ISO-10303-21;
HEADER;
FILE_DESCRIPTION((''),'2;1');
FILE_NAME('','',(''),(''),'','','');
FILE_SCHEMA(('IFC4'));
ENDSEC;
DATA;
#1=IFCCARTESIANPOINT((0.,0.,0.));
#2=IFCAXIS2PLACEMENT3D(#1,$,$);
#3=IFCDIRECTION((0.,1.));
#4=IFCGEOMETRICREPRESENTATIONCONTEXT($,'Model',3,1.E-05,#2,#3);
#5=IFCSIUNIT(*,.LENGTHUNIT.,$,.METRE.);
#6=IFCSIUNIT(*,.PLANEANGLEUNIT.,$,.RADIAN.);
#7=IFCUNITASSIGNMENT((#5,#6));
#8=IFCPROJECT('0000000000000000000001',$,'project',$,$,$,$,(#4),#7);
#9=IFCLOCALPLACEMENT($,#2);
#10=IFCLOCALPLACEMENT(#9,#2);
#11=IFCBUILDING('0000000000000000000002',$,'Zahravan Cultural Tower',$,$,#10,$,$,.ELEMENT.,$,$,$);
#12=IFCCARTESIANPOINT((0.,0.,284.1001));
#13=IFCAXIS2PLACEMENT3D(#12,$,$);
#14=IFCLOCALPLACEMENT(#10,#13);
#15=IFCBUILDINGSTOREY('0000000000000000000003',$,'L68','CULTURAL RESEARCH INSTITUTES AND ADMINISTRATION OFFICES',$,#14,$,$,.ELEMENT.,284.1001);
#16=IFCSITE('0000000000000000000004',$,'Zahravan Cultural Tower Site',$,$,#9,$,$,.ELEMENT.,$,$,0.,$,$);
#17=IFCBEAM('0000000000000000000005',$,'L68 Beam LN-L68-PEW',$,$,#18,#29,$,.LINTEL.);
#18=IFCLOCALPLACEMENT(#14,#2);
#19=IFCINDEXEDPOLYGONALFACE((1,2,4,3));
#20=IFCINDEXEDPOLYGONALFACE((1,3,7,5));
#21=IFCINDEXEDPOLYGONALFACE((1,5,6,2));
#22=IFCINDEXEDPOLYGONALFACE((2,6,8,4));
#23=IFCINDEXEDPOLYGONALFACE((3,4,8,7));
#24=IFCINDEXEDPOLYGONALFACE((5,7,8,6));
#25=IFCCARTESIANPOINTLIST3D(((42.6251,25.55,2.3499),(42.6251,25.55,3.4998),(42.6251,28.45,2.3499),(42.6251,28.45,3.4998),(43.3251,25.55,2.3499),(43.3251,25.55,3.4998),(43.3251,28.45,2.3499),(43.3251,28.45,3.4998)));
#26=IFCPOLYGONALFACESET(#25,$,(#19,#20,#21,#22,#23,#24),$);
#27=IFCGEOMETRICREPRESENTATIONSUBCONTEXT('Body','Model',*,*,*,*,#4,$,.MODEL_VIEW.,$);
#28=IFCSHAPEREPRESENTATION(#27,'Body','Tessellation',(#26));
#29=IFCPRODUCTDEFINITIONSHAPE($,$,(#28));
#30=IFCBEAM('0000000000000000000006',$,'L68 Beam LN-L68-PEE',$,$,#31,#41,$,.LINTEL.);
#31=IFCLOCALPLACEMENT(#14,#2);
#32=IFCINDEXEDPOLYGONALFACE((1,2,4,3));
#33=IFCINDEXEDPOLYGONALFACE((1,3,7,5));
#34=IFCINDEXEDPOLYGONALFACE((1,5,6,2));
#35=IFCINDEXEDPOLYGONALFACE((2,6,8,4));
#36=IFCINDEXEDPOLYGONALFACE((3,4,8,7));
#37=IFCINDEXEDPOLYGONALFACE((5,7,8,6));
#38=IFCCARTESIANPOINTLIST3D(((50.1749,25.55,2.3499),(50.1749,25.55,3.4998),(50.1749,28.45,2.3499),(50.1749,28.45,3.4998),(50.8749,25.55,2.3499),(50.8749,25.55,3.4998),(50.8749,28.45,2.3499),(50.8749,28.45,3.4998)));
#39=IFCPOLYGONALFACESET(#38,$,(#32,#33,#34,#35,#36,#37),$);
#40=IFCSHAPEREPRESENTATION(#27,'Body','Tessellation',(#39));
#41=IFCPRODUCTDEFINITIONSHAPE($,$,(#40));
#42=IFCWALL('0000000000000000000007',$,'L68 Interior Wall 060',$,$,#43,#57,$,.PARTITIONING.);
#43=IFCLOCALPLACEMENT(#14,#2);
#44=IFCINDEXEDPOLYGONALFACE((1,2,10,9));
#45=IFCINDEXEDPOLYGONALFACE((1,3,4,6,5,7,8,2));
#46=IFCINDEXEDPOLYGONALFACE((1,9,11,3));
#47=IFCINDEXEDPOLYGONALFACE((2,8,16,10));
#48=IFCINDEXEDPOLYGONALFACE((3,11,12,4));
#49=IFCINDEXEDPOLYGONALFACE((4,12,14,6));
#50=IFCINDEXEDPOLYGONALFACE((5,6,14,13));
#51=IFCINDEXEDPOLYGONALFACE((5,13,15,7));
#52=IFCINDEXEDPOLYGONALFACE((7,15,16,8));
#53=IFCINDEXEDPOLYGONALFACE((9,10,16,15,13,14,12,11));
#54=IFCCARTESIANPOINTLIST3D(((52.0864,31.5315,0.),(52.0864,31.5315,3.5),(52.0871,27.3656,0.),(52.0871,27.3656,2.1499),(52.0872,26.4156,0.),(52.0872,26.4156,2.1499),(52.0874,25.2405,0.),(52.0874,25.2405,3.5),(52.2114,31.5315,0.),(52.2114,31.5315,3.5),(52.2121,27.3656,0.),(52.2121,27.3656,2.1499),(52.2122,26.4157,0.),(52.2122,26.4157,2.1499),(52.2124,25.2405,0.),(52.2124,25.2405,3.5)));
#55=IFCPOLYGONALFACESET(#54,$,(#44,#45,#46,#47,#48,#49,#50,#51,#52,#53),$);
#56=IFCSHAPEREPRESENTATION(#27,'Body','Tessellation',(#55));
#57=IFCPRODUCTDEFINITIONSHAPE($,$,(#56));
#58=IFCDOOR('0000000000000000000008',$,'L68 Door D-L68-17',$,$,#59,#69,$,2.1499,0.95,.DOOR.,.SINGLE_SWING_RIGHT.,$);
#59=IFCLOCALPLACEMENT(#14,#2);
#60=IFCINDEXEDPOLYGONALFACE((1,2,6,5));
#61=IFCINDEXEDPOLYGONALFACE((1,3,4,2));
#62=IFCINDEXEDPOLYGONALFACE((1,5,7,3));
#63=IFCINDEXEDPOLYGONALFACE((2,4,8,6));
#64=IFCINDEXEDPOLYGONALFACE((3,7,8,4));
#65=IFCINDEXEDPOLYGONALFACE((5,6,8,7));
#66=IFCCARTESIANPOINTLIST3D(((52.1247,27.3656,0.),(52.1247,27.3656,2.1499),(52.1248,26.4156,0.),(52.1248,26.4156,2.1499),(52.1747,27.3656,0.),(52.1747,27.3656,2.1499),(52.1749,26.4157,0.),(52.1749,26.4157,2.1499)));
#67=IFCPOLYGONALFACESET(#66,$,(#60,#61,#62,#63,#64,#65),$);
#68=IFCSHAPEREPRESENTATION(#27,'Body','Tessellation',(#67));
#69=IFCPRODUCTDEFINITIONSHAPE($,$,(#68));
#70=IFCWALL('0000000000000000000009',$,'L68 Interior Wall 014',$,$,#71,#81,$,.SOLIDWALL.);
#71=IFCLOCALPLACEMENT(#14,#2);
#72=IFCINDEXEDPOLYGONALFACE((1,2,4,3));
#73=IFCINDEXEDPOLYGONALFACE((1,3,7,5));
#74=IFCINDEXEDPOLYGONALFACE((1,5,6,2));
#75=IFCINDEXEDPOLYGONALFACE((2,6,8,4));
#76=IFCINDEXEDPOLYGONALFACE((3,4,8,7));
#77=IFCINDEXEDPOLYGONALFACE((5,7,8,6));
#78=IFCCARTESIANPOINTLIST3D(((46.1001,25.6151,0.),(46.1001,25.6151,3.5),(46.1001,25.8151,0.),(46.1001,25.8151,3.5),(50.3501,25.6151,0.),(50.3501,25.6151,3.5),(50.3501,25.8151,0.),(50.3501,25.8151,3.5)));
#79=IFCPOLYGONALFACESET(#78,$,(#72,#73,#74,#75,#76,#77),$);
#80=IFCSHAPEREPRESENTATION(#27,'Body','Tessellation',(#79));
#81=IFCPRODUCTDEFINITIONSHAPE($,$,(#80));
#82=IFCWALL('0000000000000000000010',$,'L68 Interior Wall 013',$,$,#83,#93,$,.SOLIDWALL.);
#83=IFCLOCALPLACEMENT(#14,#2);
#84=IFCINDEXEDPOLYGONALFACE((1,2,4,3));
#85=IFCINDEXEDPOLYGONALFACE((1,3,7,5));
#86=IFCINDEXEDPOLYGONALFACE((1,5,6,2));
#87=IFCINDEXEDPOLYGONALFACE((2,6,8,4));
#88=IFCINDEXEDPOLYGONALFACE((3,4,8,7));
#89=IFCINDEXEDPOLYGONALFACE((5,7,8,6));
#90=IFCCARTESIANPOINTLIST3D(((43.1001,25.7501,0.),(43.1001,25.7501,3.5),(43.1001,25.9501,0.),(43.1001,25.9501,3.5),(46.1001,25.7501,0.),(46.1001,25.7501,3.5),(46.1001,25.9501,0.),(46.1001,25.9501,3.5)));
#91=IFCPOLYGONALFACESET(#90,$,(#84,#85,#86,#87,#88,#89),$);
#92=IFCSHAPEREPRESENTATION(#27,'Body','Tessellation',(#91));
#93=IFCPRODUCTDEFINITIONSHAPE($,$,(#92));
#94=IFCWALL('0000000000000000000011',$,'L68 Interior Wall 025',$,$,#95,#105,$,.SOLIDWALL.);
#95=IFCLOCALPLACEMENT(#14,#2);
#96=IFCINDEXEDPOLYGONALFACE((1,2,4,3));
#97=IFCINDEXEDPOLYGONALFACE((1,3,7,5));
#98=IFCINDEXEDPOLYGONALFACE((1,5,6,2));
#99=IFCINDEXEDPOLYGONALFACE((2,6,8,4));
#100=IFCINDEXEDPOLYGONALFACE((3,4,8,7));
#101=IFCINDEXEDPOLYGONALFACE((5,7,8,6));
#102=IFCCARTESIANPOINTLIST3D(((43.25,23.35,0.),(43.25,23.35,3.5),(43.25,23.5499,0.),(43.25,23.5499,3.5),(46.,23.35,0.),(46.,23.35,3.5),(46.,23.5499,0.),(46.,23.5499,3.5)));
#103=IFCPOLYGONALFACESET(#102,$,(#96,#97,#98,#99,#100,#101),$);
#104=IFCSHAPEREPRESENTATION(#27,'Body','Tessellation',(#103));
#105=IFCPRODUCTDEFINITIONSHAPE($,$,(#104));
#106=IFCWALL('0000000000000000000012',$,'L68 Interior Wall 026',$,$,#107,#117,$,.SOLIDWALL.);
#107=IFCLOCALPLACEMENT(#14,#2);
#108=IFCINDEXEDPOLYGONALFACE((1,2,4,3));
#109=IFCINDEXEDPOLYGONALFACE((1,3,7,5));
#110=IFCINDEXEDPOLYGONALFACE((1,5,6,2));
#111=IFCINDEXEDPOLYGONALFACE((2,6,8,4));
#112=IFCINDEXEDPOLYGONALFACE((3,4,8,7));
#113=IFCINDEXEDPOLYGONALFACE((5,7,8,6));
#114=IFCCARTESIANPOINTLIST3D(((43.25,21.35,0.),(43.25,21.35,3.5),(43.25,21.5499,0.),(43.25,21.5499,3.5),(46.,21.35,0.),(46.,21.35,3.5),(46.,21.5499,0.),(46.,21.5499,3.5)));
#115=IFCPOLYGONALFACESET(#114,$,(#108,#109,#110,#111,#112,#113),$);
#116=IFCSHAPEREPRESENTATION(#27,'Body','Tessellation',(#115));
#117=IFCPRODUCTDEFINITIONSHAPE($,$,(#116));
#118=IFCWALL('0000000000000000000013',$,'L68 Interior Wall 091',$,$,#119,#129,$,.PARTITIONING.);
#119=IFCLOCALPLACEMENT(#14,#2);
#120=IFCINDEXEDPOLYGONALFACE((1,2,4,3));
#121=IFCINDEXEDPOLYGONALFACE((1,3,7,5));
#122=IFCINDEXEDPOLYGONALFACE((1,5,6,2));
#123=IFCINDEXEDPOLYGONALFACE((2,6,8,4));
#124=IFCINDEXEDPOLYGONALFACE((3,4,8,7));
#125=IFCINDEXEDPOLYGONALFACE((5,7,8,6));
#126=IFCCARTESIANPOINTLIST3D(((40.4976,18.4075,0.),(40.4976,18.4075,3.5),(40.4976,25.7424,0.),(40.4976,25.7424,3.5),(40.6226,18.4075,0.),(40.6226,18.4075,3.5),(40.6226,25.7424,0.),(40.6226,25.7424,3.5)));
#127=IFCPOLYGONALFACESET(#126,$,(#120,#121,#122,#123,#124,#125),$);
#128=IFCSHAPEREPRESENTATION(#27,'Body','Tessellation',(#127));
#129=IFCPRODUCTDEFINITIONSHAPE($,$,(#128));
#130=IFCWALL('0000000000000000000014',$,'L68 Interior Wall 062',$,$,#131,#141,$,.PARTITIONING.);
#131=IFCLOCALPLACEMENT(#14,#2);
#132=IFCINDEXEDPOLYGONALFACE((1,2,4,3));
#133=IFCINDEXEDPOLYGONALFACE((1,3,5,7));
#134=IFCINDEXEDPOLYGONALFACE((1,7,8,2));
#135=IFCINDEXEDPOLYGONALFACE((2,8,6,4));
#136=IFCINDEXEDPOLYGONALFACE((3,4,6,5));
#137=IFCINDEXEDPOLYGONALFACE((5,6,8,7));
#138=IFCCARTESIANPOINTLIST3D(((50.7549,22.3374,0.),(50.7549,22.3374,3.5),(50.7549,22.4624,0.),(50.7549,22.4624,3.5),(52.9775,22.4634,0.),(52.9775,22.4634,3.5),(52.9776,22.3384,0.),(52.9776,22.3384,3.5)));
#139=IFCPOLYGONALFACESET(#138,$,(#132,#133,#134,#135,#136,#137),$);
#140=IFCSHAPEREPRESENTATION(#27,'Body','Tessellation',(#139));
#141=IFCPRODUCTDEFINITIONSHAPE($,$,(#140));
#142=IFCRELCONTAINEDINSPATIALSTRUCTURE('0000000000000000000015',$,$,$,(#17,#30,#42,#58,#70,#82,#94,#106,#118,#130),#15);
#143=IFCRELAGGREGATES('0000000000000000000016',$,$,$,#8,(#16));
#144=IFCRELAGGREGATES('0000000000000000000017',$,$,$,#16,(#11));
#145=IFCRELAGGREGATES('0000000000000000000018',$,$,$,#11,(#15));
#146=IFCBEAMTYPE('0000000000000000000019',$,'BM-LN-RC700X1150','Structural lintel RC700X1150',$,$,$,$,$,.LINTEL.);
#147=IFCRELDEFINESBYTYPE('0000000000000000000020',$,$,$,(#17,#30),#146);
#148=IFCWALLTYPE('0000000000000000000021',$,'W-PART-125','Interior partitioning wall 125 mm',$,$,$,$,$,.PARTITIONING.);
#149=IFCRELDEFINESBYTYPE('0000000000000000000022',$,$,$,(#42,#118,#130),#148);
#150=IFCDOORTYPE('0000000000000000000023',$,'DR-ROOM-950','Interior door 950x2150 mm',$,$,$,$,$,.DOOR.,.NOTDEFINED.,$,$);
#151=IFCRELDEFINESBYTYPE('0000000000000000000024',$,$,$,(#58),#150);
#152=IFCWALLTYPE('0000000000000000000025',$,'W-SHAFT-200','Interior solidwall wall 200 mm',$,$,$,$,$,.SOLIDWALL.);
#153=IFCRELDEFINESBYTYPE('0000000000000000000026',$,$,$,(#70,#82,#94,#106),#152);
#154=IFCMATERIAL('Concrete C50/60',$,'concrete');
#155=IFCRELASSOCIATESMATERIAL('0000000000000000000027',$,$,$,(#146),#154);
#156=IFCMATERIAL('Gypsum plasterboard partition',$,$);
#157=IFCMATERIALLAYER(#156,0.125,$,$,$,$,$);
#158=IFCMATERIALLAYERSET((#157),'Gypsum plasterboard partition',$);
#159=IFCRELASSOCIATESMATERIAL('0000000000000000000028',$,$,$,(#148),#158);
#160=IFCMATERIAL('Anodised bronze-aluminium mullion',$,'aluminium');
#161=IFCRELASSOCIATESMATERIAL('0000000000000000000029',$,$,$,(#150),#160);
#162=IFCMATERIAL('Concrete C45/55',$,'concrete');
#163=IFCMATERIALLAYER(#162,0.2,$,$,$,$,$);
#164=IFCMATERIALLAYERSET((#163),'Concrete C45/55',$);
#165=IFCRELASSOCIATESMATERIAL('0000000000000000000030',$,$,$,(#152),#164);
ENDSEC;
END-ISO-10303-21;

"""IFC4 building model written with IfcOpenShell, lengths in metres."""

from ifc_helpers import new_model, si_unit, direction, frame, frame_2d, origin, origin_2d, place, context, subcontext, project, spatial, rectangle, extrude, source, transform, mapped, material, layer, layer_set, material_profile, profile_set, type_object, element, fill, save


model = new_model("IFC4")

# Units and contexts
model_context = context("Model", 3, precision=1e-05, world=origin(), true_north=direction((0.0, 1.0)))
body_context = subcontext(model_context, "Body", "Model", "MODEL_VIEW")
ifc_project = project(units=[si_unit("LENGTHUNIT", "METRE"), si_unit("PLANEANGLEUNIT", "RADIAN")], contexts=[model_context])

# Site, building, storey
site_placement = place(None, origin())
site = spatial("IfcSite", under=ifc_project, at=site_placement, Name="Zahravan Cultural Tower Site", CompositionType="ELEMENT", RefElevation=0.0)
building_placement = place(site_placement, origin())
building = spatial("IfcBuilding", under=site, at=building_placement, Name="Zahravan Cultural Tower", CompositionType="ELEMENT")
storey_placement = place(building_placement, frame((0.0, 0.0, 284.1001)))
storey = spatial("IfcBuildingStorey", under=building, at=storey_placement, Name="L68", Description="CULTURAL RESEARCH INSTITUTES AND ADMINISTRATION OFFICES", CompositionType="ELEMENT", Elevation=284.1001)

# Beams
ifc_material_1 = material(Name="Concrete C50/60", Category="concrete")
ifc_material_profile = material_profile(ifc_material_1, rectangle(XDim=0.7, YDim=1.1499, at=origin_2d()), Name="RC700X1150")
ifc_profile_set = profile_set([ifc_material_profile], Name="Concrete C50/60")
beam_type = type_object("IfcBeamType", Name="BM-LN-RC700X1150", Description="Structural lintel RC700X1150", PredefinedType="LINTEL", material=ifc_profile_set)
shared_shape_1 = source(origin(), body_context, "Body", "SweptSolid", [
    extrude(rectangle(XDim=0.7, YDim=1.1499, at=origin_2d()), origin(), (0.0, 0.0, 1.0), 2.8999),
])
for number, where, z_axis, x_axis, name in (
    (1, (42.9751, 25.55, 2.9248), (0.0, 1.0, 0.0), (-1.0, 0.0, 0.0), "L68 Beam LN-L68-PEW"),
    (2, (50.5249, 25.55, 2.9248), (0.0, 1.0, 0.0), (-1.0, 0.0, 0.0), "L68 Beam LN-L68-PEE"),
):
    element("IfcBeam", number, at=place(storey_placement, frame(where, z_axis=z_axis, x_axis=x_axis)), inside=storey, type_object=beam_type, Name=name, PredefinedType="LINTEL", context=body_context, shape_type="MappedRepresentation", body=[
        mapped(shared_shape_1, transform((0.0, 0.0, 0.0), x_axis=(1.0, 0.0, 0.0), y_axis=(0.0, 1.0, 0.0), z_axis=(0.0, 0.0, 1.0), scale=1.0)),
    ])

# Wall, opening, door
ifc_material_2 = material(Name="Gypsum plasterboard partition")
ifc_layer_1 = layer(ifc_material_2, 0.125)
ifc_layer_set_1 = layer_set([ifc_layer_1], Name="Gypsum plasterboard partition")
wall_type_1 = type_object("IfcWallType", Name="W-PART-125", Description="Interior partitioning wall 125 mm", PredefinedType="PARTITIONING", material=ifc_layer_set_1)
wall_1_placement = place(storey_placement, frame((52.1499, 25.2405, 0.0), z_axis=(0.0, 0.0, 1.0), x_axis=(-0.000155, 1.0, 0.0)))
wall_1 = element("IfcWall", 3, at=wall_1_placement, inside=storey, type_object=wall_type_1, Name="L68 Interior Wall 060", PredefinedType="PARTITIONING", context=body_context, shape_type="SweptSolid", body=[
    extrude(rectangle(XDim=6.291, YDim=0.125, at=frame_2d((3.1455, 0.0))), origin(), (0.0, 0.0, 1.0), 3.5),
])
opening_1_placement = place(wall_1_placement, frame((1.175, 0.0, 0.0)))
opening_1 = element("IfcOpeningElement", 4, at=opening_1_placement, cuts=wall_1, PredefinedType="OPENING", context=body_context, shape_type="SweptSolid", body=[
    extrude(rectangle(XDim=0.95, YDim=2.1499, at=frame_2d((0.4751, 1.075))), frame((0.0, 0.0725, 0.0), z_axis=(0.0, -1.0, 0.0), x_axis=(1.0, 0.0, 0.0)), (0.0, 0.0, 1.0), 0.145),
])
ifc_material_3 = material(Name="Anodised bronze-aluminium mullion", Category="aluminium")
door_type = type_object("IfcDoorType", Name="DR-ROOM-950", Description="Interior door 950x2150 mm", OperationType="NOTDEFINED", PredefinedType="DOOR", material=ifc_material_3)
shared_shape_2 = source(origin(), body_context, "Body", "SweptSolid", [
    extrude(rectangle(XDim=0.95, YDim=2.1499, at=frame_2d((0.4751, 1.075))), frame((0.0, 0.0249, 0.0), z_axis=(0.0, -1.0, 0.0), x_axis=(1.0, 0.0, 0.0)), (0.0, 0.0, 1.0), 0.05),
])
door_1_placement = place(opening_1_placement, origin())
door_1 = element("IfcDoor", 5, at=door_1_placement, inside=storey, type_object=door_type, Name="L68 Door D-L68-17", OperationType="SINGLE_SWING_RIGHT", OverallHeight=2.1499, OverallWidth=0.95, PredefinedType="DOOR", context=body_context, shape_type="MappedRepresentation", body=[
    mapped(shared_shape_2, transform((0.0, 0.0, 0.0), x_axis=(1.0, 0.0, 0.0), y_axis=(0.0, 1.0, 0.0), z_axis=(0.0, 0.0, 1.0), scale=1.0)),
])
fill(opening_1, door_1)

# Walls
ifc_material_4 = material(Name="Concrete C45/55", Category="concrete")
ifc_layer_2 = layer(ifc_material_4, 0.2)
ifc_layer_set_2 = layer_set([ifc_layer_2], Name="Concrete C45/55")
wall_type_2 = type_object("IfcWallType", Name="W-SHAFT-200", Description="Interior solidwall wall 200 mm", PredefinedType="SOLIDWALL", material=ifc_layer_set_2)
shared_shape_3 = source(origin(), body_context, "Body", "SweptSolid", [
    extrude(rectangle(XDim=4.25, YDim=0.2, at=frame_2d((2.125, 0.0))), origin(), (0.0, 0.0, 1.0), 3.5),
])
wall_2_placement = place(storey_placement, frame((46.1001, 25.7151, 0.0), z_axis=(0.0, 0.0, 1.0), x_axis=(1.0, 0.0, 0.0)))
element("IfcWall", 6, at=wall_2_placement, inside=storey, type_object=wall_type_2, Name="L68 Interior Wall 014", PredefinedType="SOLIDWALL", context=body_context, shape_type="MappedRepresentation", body=[
    mapped(shared_shape_3, transform((0.0, 0.0, 0.0), x_axis=(1.0, 0.0, 0.0), y_axis=(0.0, 1.0, 0.0), z_axis=(0.0, 0.0, 1.0), scale=1.0)),
])
shared_shape_4 = source(origin(), body_context, "Body", "SweptSolid", [
    extrude(rectangle(XDim=3.0, YDim=0.2, at=frame_2d((1.5, 0.0))), origin(), (0.0, 0.0, 1.0), 3.5),
])
wall_3_placement = place(storey_placement, frame((43.1001, 25.8501, 0.0), z_axis=(0.0, 0.0, 1.0), x_axis=(1.0, 0.0, 0.0)))
element("IfcWall", 7, at=wall_3_placement, inside=storey, type_object=wall_type_2, Name="L68 Interior Wall 013", PredefinedType="SOLIDWALL", context=body_context, shape_type="MappedRepresentation", body=[
    mapped(shared_shape_4, transform((0.0, 0.0, 0.0), x_axis=(1.0, 0.0, 0.0), y_axis=(0.0, 1.0, 0.0), z_axis=(0.0, 0.0, 1.0), scale=1.0)),
])
shared_shape_5 = source(origin(), body_context, "Body", "SweptSolid", [
    extrude(rectangle(XDim=2.75, YDim=0.2, at=frame_2d((1.375, 0.0))), origin(), (0.0, 0.0, 1.0), 3.5),
])
for number, where, z_axis, x_axis, name in (
    (8, (43.25, 23.45, 0.0), (0.0, 0.0, 1.0), (1.0, 0.0, 0.0), "L68 Interior Wall 025"),
    (9, (43.25, 21.45, 0.0), (0.0, 0.0, 1.0), (1.0, 0.0, 0.0), "L68 Interior Wall 026"),
):
    element("IfcWall", number, at=place(storey_placement, frame(where, z_axis=z_axis, x_axis=x_axis)), inside=storey, type_object=wall_type_2, Name=name, PredefinedType="SOLIDWALL", context=body_context, shape_type="MappedRepresentation", body=[
        mapped(shared_shape_5, transform((0.0, 0.0, 0.0), x_axis=(1.0, 0.0, 0.0), y_axis=(0.0, 1.0, 0.0), z_axis=(0.0, 0.0, 1.0), scale=1.0)),
    ])
shared_shape_6 = source(origin(), body_context, "Body", "SweptSolid", [
    extrude(rectangle(XDim=7.335, YDim=0.125, at=frame_2d((3.6675, 0.0))), origin(), (0.0, 0.0, 1.0), 3.5),
])
wall_4_placement = place(storey_placement, frame((40.5601, 25.7424, 0.0), z_axis=(0.0, 0.0, 1.0), x_axis=(0.0, -1.0, 0.0)))
element("IfcWall", 10, at=wall_4_placement, inside=storey, type_object=wall_type_1, Name="L68 Interior Wall 091", PredefinedType="PARTITIONING", context=body_context, shape_type="MappedRepresentation", body=[
    mapped(shared_shape_6, transform((0.0, 0.0, 0.0), x_axis=(1.0, 0.0, 0.0), y_axis=(0.0, 1.0, 0.0), z_axis=(0.0, 0.0, 1.0), scale=1.0)),
])
shared_shape_7 = source(origin(), body_context, "Body", "SweptSolid", [
    extrude(rectangle(XDim=2.2227, YDim=0.125, at=frame_2d((1.1113, 0.0))), origin(), (0.0, 0.0, 1.0), 3.5),
])
wall_5_placement = place(storey_placement, frame((50.7549, 22.3999, 0.0), z_axis=(0.0, 0.0, 1.0), x_axis=(1.0, 0.000439, 0.0)))
element("IfcWall", 11, at=wall_5_placement, inside=storey, type_object=wall_type_1, Name="L68 Interior Wall 062", PredefinedType="PARTITIONING", context=body_context, shape_type="MappedRepresentation", body=[
    mapped(shared_shape_7, transform((0.0, 0.0, 0.0), x_axis=(1.0, 0.0, 0.0), y_axis=(0.0, 1.0, 0.0), z_axis=(0.0, 0.0, 1.0), scale=1.0)),
])

save(model, "model.ifc")
